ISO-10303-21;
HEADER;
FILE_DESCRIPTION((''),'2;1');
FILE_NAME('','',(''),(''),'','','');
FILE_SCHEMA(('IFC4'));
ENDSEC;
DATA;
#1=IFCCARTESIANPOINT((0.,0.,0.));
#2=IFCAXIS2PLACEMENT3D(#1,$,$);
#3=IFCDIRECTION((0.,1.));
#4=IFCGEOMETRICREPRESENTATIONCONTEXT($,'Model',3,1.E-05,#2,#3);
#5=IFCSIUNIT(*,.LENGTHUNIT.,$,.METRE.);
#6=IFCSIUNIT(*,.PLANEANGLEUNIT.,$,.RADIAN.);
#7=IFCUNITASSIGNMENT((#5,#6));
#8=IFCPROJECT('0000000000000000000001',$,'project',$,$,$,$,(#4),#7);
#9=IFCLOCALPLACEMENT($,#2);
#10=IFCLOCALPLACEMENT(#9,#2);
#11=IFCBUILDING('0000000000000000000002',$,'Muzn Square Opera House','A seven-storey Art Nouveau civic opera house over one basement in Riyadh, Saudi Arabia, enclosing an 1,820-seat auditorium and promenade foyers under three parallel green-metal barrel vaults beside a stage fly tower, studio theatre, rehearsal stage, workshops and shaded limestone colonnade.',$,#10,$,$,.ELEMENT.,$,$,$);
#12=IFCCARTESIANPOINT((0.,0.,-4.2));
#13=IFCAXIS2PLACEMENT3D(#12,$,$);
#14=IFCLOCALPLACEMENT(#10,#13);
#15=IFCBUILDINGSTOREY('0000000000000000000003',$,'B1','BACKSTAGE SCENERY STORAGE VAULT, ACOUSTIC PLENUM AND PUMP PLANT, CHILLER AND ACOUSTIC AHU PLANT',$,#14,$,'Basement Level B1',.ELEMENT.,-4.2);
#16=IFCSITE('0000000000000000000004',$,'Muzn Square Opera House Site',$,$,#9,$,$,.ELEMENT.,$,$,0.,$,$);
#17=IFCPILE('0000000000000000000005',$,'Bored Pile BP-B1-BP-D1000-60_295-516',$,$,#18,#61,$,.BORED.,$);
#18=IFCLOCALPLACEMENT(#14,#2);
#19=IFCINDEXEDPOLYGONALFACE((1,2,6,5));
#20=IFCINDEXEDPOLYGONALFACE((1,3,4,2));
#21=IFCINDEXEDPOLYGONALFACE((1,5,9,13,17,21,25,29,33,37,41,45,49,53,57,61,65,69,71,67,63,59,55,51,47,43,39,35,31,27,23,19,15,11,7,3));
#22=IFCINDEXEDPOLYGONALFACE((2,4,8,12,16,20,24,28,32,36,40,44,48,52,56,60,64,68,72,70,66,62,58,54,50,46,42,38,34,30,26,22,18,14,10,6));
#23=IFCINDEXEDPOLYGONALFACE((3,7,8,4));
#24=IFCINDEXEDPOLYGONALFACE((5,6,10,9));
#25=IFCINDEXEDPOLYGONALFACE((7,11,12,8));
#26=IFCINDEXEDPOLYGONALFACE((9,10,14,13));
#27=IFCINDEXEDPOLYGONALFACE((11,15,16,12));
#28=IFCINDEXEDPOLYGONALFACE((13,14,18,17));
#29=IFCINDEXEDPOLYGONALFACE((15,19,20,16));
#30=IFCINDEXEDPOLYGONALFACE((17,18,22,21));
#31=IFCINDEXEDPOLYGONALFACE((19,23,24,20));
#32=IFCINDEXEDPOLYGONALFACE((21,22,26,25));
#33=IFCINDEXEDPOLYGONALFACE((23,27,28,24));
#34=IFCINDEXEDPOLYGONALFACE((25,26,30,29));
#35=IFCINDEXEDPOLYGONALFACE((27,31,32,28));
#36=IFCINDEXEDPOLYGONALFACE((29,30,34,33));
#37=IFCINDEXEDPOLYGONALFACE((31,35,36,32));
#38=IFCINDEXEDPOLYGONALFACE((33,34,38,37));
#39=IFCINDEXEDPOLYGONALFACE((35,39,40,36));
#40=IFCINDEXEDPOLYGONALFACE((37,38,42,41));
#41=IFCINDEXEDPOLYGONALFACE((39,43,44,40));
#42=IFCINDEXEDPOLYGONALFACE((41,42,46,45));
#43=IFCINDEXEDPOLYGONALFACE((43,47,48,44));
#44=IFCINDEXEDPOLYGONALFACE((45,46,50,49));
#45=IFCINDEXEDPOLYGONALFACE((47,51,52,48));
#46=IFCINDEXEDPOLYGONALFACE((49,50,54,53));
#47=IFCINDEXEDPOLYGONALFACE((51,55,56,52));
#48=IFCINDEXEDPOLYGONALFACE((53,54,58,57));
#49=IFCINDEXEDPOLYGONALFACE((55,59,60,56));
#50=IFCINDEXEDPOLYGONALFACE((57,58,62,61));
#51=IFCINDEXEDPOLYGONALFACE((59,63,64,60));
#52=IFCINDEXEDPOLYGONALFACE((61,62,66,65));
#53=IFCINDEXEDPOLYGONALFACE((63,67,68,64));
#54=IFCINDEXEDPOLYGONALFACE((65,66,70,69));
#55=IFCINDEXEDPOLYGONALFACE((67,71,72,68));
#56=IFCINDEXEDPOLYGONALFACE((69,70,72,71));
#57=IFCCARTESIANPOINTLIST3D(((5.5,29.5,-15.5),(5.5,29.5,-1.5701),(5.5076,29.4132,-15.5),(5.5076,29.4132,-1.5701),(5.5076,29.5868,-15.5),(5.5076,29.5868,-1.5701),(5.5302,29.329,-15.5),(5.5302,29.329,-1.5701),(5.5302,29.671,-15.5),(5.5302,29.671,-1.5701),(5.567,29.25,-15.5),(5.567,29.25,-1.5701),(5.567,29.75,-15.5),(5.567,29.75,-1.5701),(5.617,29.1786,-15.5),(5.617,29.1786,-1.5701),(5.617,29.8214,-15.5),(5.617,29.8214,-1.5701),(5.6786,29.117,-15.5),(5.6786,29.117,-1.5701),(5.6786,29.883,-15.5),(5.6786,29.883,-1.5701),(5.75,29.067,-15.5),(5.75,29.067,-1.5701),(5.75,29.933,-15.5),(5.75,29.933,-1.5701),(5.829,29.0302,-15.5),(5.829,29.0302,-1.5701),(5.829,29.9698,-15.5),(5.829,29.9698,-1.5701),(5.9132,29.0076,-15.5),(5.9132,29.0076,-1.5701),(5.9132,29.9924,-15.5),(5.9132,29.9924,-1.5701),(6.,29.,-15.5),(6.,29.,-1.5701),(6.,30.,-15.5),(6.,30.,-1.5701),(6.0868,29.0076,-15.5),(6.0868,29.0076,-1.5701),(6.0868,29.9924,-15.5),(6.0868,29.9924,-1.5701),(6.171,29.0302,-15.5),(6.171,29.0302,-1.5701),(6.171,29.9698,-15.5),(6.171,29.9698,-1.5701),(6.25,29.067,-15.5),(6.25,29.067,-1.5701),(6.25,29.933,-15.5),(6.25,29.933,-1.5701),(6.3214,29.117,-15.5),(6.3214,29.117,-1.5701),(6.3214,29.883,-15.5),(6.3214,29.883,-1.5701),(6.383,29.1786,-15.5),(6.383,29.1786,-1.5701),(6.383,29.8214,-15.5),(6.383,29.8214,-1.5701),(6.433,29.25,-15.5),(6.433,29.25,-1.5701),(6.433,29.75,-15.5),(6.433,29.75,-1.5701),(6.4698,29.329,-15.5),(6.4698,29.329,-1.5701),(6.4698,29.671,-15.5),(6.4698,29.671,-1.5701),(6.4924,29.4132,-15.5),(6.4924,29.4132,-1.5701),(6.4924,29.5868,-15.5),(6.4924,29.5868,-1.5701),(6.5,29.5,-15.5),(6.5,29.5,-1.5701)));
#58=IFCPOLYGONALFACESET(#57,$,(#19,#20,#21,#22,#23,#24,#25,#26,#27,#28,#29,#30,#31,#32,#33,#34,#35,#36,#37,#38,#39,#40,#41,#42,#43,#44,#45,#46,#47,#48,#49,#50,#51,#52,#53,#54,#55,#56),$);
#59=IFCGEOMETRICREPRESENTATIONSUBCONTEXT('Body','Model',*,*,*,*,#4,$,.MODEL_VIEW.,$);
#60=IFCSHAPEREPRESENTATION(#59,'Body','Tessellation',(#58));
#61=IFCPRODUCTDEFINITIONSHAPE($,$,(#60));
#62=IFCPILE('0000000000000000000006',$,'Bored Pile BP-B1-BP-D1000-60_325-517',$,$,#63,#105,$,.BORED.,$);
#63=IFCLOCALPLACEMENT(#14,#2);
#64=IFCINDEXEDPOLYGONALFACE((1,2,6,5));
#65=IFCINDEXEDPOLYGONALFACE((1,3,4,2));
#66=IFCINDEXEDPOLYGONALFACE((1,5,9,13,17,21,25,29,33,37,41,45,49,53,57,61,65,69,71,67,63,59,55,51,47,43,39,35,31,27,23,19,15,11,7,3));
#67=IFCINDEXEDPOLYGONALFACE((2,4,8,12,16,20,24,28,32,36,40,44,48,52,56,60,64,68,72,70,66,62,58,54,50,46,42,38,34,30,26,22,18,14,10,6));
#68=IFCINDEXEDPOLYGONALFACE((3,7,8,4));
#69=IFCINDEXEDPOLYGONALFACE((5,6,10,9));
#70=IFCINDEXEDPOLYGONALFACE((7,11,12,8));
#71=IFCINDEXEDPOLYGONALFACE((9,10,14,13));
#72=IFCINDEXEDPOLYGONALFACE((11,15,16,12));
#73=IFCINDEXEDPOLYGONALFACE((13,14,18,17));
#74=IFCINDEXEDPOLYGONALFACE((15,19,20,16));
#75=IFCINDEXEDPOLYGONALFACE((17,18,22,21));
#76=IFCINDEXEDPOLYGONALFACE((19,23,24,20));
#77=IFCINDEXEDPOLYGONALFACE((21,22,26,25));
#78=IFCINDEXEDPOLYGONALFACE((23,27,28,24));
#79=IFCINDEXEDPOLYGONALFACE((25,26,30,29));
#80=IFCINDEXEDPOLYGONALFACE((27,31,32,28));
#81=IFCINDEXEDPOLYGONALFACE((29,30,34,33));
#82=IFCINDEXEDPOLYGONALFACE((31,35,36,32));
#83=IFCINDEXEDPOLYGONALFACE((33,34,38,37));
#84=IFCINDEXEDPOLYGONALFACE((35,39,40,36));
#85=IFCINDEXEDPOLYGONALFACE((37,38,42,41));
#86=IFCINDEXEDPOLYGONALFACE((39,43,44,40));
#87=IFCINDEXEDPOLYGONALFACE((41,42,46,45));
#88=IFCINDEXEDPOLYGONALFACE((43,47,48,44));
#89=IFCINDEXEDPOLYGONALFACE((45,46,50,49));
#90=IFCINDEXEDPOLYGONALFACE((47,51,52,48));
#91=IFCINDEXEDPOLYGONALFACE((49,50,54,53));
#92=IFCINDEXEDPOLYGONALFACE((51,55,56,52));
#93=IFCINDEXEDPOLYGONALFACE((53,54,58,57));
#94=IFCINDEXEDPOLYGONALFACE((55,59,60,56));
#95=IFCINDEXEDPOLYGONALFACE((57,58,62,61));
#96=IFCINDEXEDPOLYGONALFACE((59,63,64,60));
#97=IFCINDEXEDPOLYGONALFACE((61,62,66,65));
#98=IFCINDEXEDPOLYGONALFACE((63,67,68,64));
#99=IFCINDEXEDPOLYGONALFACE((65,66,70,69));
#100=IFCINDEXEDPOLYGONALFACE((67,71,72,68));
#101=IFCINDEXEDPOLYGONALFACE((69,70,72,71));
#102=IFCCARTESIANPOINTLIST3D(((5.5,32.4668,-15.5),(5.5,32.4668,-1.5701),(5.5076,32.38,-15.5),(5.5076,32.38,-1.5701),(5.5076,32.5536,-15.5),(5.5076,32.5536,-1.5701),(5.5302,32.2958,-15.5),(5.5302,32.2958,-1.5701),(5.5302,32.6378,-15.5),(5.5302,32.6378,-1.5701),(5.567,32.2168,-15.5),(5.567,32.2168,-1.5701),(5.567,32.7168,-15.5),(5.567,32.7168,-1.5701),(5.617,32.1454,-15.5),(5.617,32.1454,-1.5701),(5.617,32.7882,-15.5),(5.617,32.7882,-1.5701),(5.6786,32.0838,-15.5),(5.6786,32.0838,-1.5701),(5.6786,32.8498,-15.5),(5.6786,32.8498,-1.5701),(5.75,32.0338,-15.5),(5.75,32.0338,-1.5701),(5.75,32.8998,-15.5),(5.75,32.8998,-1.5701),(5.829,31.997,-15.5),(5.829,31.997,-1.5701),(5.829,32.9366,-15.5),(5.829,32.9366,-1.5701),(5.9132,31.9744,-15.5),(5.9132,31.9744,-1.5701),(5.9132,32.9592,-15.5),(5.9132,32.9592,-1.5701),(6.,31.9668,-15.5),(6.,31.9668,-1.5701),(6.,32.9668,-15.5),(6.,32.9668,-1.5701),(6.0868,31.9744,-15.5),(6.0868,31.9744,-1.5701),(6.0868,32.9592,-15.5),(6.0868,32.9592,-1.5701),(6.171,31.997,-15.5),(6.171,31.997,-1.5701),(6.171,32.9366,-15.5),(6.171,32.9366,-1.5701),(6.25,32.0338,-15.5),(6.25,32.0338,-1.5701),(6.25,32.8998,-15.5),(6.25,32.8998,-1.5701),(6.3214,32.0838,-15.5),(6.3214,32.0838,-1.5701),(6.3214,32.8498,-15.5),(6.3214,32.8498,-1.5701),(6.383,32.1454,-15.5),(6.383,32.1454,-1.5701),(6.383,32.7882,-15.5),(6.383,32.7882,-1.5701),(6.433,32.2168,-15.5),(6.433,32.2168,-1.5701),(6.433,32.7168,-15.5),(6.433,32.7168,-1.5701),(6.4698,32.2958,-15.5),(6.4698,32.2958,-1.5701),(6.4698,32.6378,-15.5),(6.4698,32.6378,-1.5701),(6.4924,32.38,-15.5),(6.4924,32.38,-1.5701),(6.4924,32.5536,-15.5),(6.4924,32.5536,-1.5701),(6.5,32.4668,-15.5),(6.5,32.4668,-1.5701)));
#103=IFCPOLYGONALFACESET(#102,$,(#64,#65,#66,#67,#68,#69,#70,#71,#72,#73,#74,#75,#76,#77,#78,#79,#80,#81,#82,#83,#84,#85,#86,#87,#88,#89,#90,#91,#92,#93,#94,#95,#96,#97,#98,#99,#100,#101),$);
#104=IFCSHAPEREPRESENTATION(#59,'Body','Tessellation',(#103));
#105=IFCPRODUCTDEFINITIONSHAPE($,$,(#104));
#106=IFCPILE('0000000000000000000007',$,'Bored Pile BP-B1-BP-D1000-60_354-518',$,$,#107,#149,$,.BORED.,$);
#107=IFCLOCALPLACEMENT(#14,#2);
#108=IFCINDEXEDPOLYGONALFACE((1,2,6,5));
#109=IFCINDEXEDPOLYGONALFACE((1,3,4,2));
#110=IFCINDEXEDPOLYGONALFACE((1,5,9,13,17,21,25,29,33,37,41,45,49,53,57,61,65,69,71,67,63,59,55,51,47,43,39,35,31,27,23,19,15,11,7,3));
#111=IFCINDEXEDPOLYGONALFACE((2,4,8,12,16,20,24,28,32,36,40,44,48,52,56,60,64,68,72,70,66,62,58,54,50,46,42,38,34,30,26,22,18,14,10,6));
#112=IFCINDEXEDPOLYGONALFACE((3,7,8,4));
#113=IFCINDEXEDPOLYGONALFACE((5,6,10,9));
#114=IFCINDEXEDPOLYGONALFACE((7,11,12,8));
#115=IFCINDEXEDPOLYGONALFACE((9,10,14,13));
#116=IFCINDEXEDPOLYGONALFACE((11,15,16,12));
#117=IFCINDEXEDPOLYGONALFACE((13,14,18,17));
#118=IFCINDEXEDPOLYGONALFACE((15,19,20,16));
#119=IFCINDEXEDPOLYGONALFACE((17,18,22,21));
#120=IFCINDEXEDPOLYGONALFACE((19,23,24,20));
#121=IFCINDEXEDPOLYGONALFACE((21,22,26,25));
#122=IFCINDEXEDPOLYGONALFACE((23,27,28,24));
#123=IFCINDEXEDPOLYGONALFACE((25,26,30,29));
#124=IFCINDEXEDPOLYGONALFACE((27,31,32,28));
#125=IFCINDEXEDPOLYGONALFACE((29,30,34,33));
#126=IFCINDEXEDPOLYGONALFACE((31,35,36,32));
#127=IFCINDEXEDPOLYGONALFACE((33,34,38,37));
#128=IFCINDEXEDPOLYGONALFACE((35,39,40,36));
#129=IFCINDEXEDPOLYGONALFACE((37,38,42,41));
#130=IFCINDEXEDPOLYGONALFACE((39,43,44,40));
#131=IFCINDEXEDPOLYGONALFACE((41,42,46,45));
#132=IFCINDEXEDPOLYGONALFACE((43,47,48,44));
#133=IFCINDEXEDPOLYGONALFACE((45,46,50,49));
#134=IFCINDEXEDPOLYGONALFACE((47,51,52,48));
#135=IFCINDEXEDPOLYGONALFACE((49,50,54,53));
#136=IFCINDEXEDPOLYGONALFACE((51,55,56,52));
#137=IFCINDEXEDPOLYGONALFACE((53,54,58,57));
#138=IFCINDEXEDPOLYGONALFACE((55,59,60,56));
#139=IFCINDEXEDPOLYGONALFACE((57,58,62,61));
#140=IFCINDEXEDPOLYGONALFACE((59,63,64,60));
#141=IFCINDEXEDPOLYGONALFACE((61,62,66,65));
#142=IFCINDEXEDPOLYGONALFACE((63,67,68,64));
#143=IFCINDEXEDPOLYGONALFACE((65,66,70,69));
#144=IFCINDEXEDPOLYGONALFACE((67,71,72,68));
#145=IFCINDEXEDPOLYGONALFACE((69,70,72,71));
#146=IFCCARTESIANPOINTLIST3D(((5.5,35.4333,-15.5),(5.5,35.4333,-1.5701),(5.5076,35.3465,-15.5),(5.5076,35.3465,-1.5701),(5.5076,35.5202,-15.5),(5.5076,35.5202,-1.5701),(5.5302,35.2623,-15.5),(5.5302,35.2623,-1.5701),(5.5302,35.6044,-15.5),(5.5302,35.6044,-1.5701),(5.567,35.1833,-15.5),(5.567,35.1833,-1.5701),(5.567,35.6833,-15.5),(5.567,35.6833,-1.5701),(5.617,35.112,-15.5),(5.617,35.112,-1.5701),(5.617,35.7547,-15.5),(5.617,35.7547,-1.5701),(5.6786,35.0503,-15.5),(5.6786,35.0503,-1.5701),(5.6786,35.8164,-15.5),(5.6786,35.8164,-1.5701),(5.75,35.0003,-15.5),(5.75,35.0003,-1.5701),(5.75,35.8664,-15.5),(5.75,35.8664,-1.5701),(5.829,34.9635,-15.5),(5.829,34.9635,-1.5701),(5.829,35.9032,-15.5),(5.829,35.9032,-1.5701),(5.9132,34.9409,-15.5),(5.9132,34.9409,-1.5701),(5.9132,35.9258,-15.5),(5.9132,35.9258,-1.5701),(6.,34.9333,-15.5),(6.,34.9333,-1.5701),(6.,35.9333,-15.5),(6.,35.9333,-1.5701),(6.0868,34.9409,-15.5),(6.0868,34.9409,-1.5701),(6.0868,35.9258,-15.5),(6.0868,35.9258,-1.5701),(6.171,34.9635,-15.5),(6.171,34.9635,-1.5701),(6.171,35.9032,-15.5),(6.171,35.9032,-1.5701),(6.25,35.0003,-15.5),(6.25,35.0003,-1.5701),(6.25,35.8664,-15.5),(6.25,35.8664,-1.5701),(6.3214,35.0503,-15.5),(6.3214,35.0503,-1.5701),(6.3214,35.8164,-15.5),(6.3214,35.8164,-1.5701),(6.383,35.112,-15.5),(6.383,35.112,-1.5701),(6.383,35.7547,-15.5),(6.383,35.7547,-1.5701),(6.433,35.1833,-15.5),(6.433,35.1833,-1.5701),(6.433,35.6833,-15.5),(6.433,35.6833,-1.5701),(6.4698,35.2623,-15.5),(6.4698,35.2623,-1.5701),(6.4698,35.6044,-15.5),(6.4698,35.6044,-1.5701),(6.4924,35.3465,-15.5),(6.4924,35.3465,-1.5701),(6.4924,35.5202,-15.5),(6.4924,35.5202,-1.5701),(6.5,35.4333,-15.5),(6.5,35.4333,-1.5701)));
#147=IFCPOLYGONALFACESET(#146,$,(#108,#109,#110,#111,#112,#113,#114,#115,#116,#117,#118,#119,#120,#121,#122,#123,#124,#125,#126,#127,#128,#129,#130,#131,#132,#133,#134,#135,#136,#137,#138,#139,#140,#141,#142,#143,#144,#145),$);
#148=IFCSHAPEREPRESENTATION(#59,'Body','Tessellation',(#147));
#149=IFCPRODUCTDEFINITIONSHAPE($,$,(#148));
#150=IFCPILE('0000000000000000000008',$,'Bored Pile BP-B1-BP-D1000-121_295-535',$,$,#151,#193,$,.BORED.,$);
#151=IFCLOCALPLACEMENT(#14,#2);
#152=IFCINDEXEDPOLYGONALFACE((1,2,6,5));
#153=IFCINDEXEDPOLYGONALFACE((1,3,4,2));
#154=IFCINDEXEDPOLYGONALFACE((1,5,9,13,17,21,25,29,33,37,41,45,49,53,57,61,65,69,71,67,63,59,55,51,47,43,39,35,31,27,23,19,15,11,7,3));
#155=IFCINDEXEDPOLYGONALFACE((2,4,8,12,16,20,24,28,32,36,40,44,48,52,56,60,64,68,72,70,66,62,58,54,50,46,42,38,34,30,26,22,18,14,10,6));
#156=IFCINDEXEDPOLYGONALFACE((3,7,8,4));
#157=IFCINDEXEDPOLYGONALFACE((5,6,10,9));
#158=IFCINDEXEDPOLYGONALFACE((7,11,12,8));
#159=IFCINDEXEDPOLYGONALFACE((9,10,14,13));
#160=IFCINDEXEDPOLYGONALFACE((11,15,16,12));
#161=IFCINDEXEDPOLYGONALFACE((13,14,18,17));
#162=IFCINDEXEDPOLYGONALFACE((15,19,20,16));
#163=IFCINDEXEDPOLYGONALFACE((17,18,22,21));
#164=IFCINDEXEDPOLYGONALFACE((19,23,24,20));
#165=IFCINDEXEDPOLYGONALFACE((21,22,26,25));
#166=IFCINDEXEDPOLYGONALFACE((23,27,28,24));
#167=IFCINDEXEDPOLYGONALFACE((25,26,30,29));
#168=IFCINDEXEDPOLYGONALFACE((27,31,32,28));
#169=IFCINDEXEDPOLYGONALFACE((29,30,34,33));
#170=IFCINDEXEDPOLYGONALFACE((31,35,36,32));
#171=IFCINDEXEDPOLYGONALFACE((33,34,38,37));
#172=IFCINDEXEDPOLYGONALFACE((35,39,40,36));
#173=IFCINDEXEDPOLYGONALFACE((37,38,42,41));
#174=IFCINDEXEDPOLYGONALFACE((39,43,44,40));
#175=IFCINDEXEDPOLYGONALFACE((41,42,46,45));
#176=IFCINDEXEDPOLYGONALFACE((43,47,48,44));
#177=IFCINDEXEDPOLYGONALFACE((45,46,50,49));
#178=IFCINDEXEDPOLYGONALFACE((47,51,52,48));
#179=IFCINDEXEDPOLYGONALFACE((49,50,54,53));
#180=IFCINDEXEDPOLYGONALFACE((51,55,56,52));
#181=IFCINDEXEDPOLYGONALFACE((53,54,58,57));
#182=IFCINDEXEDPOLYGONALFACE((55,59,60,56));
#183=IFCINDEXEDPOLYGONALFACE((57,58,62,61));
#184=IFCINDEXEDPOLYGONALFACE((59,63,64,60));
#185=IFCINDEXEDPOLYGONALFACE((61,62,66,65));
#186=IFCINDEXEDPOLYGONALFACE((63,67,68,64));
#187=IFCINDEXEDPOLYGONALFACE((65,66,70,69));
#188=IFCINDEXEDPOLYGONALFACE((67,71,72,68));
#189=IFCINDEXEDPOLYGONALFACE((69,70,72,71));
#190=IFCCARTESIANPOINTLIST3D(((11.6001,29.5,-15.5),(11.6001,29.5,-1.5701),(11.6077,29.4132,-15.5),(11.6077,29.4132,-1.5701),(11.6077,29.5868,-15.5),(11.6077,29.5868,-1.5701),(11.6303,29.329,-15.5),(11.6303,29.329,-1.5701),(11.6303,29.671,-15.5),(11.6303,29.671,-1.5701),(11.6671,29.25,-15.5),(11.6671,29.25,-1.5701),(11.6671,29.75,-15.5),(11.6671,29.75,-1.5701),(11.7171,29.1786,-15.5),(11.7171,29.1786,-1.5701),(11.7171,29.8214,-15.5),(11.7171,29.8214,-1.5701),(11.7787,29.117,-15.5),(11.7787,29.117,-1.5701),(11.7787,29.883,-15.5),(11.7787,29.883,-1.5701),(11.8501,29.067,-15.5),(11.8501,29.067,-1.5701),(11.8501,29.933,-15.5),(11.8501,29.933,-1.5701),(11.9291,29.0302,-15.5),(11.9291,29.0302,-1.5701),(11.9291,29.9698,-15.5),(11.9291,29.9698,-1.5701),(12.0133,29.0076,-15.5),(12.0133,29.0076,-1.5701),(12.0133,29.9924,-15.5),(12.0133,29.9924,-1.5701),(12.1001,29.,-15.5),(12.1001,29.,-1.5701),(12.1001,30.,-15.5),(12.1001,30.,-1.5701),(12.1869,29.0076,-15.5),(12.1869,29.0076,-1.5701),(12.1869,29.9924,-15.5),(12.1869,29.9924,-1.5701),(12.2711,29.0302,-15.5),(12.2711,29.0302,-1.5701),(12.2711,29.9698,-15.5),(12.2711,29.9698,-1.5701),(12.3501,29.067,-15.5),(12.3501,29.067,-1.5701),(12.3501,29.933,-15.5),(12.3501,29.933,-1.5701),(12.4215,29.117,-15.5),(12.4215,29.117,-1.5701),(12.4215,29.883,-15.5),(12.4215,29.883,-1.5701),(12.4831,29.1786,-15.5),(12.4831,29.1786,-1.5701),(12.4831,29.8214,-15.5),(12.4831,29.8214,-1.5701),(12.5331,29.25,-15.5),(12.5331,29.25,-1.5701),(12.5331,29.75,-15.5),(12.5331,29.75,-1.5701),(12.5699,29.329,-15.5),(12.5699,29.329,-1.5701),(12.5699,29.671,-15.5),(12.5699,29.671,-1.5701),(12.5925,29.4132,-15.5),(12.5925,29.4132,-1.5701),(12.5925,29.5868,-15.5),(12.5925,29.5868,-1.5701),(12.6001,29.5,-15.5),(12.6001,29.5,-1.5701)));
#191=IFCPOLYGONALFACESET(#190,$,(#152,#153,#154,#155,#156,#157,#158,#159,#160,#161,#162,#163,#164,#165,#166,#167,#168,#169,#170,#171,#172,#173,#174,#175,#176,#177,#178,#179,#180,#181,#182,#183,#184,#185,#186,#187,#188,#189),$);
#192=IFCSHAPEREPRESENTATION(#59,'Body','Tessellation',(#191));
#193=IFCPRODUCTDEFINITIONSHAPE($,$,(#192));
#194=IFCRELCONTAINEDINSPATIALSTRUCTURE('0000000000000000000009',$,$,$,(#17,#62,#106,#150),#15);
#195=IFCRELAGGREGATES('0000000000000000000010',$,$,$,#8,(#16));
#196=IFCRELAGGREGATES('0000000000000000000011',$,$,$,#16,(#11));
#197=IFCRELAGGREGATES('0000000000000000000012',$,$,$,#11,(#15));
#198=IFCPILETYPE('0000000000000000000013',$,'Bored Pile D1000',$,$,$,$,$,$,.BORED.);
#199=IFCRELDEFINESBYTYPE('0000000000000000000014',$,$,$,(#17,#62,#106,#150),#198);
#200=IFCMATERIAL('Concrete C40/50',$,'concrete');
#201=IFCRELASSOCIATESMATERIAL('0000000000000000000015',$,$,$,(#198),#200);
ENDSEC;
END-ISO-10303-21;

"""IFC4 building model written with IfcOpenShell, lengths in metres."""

from ifc_helpers import new_model, si_unit, direction, frame, origin, origin_2d, place, context, subcontext, project, spatial, circle, extrude, material, material_profile, profile_set, type_object, element, save


model = new_model("IFC4")

# Units and contexts
model_context = context("Model", 3, precision=1e-05, world=origin(), true_north=direction((0.0, 1.0)))
body_context = subcontext(model_context, "Body", "Model", "MODEL_VIEW")
ifc_project = project(units=[si_unit("LENGTHUNIT", "METRE"), si_unit("PLANEANGLEUNIT", "RADIAN")], contexts=[model_context])

# Site, building, storey
site_placement = place(None, origin())
site = spatial("IfcSite", under=ifc_project, at=site_placement, Name="Muzn Square Opera House Site", CompositionType="ELEMENT", RefElevation=0.0)
building_placement = place(site_placement, origin())
building = spatial("IfcBuilding", under=site, at=building_placement, Name="Muzn Square Opera House", Description="A seven-storey Art Nouveau civic opera house over one basement in Riyadh, Saudi Arabia, enclosing an 1,820-seat auditorium and promenade foyers under three parallel green-metal barrel vaults beside a stage fly tower, studio theatre, rehearsal stage, workshops and shaded limestone colonnade.", CompositionType="ELEMENT")
storey_placement = place(building_placement, frame((0.0, 0.0, -4.2)))
storey = spatial("IfcBuildingStorey", under=building, at=storey_placement, Name="B1", Description="BACKSTAGE SCENERY STORAGE VAULT, ACOUSTIC PLENUM AND PUMP PLANT, CHILLER AND ACOUSTIC AHU PLANT", LongName="Basement Level B1", CompositionType="ELEMENT", Elevation=-4.2)

# Piles
ifc_material_1 = material(Name="Concrete C40/50", Category="concrete")
ifc_material_profile_1 = material_profile(ifc_material_1, circle(Radius=0.5, at=origin_2d()), Name="BORED PILE D1000", Category="concrete")
ifc_profile_set_1 = profile_set([ifc_material_profile_1], Name="Concrete C40/50")
pile_type = type_object("IfcPileType", Name="Bored Pile D1000", PredefinedType="BORED", material=ifc_profile_set_1)
for number, where, z_axis, x_axis, name in (
    (1, (6.0, 29.5, -1.5701), (0.0, 0.0, -1.0), (1.0, 0.0, 0.0), "Bored Pile BP-B1-BP-D1000-60_295-516"),
    (2, (6.0, 32.4668, -1.5701), (0.0, 0.0, -1.0), (1.0, 0.0, 0.0), "Bored Pile BP-B1-BP-D1000-60_325-517"),
    (3, (6.0, 35.4333, -1.5701), (0.0, 0.0, -1.0), (1.0, 0.0, 0.0), "Bored Pile BP-B1-BP-D1000-60_354-518"),
    (4, (12.1001, 29.5, -1.5701), (0.0, 0.0, -1.0), (1.0, 0.0, 0.0), "Bored Pile BP-B1-BP-D1000-121_295-535"),
):
    element("IfcPile", number, at=place(storey_placement, frame(where, z_axis=z_axis, x_axis=x_axis)), inside=storey, type_object=pile_type, Name=name, PredefinedType="BORED", context=body_context, shape_type="SweptSolid", body=[
        extrude(circle(Radius=0.5, at=origin_2d()), origin(), (0.0, 0.0, 1.0), 13.9299),
    ])

save(model, "model.ifc")
